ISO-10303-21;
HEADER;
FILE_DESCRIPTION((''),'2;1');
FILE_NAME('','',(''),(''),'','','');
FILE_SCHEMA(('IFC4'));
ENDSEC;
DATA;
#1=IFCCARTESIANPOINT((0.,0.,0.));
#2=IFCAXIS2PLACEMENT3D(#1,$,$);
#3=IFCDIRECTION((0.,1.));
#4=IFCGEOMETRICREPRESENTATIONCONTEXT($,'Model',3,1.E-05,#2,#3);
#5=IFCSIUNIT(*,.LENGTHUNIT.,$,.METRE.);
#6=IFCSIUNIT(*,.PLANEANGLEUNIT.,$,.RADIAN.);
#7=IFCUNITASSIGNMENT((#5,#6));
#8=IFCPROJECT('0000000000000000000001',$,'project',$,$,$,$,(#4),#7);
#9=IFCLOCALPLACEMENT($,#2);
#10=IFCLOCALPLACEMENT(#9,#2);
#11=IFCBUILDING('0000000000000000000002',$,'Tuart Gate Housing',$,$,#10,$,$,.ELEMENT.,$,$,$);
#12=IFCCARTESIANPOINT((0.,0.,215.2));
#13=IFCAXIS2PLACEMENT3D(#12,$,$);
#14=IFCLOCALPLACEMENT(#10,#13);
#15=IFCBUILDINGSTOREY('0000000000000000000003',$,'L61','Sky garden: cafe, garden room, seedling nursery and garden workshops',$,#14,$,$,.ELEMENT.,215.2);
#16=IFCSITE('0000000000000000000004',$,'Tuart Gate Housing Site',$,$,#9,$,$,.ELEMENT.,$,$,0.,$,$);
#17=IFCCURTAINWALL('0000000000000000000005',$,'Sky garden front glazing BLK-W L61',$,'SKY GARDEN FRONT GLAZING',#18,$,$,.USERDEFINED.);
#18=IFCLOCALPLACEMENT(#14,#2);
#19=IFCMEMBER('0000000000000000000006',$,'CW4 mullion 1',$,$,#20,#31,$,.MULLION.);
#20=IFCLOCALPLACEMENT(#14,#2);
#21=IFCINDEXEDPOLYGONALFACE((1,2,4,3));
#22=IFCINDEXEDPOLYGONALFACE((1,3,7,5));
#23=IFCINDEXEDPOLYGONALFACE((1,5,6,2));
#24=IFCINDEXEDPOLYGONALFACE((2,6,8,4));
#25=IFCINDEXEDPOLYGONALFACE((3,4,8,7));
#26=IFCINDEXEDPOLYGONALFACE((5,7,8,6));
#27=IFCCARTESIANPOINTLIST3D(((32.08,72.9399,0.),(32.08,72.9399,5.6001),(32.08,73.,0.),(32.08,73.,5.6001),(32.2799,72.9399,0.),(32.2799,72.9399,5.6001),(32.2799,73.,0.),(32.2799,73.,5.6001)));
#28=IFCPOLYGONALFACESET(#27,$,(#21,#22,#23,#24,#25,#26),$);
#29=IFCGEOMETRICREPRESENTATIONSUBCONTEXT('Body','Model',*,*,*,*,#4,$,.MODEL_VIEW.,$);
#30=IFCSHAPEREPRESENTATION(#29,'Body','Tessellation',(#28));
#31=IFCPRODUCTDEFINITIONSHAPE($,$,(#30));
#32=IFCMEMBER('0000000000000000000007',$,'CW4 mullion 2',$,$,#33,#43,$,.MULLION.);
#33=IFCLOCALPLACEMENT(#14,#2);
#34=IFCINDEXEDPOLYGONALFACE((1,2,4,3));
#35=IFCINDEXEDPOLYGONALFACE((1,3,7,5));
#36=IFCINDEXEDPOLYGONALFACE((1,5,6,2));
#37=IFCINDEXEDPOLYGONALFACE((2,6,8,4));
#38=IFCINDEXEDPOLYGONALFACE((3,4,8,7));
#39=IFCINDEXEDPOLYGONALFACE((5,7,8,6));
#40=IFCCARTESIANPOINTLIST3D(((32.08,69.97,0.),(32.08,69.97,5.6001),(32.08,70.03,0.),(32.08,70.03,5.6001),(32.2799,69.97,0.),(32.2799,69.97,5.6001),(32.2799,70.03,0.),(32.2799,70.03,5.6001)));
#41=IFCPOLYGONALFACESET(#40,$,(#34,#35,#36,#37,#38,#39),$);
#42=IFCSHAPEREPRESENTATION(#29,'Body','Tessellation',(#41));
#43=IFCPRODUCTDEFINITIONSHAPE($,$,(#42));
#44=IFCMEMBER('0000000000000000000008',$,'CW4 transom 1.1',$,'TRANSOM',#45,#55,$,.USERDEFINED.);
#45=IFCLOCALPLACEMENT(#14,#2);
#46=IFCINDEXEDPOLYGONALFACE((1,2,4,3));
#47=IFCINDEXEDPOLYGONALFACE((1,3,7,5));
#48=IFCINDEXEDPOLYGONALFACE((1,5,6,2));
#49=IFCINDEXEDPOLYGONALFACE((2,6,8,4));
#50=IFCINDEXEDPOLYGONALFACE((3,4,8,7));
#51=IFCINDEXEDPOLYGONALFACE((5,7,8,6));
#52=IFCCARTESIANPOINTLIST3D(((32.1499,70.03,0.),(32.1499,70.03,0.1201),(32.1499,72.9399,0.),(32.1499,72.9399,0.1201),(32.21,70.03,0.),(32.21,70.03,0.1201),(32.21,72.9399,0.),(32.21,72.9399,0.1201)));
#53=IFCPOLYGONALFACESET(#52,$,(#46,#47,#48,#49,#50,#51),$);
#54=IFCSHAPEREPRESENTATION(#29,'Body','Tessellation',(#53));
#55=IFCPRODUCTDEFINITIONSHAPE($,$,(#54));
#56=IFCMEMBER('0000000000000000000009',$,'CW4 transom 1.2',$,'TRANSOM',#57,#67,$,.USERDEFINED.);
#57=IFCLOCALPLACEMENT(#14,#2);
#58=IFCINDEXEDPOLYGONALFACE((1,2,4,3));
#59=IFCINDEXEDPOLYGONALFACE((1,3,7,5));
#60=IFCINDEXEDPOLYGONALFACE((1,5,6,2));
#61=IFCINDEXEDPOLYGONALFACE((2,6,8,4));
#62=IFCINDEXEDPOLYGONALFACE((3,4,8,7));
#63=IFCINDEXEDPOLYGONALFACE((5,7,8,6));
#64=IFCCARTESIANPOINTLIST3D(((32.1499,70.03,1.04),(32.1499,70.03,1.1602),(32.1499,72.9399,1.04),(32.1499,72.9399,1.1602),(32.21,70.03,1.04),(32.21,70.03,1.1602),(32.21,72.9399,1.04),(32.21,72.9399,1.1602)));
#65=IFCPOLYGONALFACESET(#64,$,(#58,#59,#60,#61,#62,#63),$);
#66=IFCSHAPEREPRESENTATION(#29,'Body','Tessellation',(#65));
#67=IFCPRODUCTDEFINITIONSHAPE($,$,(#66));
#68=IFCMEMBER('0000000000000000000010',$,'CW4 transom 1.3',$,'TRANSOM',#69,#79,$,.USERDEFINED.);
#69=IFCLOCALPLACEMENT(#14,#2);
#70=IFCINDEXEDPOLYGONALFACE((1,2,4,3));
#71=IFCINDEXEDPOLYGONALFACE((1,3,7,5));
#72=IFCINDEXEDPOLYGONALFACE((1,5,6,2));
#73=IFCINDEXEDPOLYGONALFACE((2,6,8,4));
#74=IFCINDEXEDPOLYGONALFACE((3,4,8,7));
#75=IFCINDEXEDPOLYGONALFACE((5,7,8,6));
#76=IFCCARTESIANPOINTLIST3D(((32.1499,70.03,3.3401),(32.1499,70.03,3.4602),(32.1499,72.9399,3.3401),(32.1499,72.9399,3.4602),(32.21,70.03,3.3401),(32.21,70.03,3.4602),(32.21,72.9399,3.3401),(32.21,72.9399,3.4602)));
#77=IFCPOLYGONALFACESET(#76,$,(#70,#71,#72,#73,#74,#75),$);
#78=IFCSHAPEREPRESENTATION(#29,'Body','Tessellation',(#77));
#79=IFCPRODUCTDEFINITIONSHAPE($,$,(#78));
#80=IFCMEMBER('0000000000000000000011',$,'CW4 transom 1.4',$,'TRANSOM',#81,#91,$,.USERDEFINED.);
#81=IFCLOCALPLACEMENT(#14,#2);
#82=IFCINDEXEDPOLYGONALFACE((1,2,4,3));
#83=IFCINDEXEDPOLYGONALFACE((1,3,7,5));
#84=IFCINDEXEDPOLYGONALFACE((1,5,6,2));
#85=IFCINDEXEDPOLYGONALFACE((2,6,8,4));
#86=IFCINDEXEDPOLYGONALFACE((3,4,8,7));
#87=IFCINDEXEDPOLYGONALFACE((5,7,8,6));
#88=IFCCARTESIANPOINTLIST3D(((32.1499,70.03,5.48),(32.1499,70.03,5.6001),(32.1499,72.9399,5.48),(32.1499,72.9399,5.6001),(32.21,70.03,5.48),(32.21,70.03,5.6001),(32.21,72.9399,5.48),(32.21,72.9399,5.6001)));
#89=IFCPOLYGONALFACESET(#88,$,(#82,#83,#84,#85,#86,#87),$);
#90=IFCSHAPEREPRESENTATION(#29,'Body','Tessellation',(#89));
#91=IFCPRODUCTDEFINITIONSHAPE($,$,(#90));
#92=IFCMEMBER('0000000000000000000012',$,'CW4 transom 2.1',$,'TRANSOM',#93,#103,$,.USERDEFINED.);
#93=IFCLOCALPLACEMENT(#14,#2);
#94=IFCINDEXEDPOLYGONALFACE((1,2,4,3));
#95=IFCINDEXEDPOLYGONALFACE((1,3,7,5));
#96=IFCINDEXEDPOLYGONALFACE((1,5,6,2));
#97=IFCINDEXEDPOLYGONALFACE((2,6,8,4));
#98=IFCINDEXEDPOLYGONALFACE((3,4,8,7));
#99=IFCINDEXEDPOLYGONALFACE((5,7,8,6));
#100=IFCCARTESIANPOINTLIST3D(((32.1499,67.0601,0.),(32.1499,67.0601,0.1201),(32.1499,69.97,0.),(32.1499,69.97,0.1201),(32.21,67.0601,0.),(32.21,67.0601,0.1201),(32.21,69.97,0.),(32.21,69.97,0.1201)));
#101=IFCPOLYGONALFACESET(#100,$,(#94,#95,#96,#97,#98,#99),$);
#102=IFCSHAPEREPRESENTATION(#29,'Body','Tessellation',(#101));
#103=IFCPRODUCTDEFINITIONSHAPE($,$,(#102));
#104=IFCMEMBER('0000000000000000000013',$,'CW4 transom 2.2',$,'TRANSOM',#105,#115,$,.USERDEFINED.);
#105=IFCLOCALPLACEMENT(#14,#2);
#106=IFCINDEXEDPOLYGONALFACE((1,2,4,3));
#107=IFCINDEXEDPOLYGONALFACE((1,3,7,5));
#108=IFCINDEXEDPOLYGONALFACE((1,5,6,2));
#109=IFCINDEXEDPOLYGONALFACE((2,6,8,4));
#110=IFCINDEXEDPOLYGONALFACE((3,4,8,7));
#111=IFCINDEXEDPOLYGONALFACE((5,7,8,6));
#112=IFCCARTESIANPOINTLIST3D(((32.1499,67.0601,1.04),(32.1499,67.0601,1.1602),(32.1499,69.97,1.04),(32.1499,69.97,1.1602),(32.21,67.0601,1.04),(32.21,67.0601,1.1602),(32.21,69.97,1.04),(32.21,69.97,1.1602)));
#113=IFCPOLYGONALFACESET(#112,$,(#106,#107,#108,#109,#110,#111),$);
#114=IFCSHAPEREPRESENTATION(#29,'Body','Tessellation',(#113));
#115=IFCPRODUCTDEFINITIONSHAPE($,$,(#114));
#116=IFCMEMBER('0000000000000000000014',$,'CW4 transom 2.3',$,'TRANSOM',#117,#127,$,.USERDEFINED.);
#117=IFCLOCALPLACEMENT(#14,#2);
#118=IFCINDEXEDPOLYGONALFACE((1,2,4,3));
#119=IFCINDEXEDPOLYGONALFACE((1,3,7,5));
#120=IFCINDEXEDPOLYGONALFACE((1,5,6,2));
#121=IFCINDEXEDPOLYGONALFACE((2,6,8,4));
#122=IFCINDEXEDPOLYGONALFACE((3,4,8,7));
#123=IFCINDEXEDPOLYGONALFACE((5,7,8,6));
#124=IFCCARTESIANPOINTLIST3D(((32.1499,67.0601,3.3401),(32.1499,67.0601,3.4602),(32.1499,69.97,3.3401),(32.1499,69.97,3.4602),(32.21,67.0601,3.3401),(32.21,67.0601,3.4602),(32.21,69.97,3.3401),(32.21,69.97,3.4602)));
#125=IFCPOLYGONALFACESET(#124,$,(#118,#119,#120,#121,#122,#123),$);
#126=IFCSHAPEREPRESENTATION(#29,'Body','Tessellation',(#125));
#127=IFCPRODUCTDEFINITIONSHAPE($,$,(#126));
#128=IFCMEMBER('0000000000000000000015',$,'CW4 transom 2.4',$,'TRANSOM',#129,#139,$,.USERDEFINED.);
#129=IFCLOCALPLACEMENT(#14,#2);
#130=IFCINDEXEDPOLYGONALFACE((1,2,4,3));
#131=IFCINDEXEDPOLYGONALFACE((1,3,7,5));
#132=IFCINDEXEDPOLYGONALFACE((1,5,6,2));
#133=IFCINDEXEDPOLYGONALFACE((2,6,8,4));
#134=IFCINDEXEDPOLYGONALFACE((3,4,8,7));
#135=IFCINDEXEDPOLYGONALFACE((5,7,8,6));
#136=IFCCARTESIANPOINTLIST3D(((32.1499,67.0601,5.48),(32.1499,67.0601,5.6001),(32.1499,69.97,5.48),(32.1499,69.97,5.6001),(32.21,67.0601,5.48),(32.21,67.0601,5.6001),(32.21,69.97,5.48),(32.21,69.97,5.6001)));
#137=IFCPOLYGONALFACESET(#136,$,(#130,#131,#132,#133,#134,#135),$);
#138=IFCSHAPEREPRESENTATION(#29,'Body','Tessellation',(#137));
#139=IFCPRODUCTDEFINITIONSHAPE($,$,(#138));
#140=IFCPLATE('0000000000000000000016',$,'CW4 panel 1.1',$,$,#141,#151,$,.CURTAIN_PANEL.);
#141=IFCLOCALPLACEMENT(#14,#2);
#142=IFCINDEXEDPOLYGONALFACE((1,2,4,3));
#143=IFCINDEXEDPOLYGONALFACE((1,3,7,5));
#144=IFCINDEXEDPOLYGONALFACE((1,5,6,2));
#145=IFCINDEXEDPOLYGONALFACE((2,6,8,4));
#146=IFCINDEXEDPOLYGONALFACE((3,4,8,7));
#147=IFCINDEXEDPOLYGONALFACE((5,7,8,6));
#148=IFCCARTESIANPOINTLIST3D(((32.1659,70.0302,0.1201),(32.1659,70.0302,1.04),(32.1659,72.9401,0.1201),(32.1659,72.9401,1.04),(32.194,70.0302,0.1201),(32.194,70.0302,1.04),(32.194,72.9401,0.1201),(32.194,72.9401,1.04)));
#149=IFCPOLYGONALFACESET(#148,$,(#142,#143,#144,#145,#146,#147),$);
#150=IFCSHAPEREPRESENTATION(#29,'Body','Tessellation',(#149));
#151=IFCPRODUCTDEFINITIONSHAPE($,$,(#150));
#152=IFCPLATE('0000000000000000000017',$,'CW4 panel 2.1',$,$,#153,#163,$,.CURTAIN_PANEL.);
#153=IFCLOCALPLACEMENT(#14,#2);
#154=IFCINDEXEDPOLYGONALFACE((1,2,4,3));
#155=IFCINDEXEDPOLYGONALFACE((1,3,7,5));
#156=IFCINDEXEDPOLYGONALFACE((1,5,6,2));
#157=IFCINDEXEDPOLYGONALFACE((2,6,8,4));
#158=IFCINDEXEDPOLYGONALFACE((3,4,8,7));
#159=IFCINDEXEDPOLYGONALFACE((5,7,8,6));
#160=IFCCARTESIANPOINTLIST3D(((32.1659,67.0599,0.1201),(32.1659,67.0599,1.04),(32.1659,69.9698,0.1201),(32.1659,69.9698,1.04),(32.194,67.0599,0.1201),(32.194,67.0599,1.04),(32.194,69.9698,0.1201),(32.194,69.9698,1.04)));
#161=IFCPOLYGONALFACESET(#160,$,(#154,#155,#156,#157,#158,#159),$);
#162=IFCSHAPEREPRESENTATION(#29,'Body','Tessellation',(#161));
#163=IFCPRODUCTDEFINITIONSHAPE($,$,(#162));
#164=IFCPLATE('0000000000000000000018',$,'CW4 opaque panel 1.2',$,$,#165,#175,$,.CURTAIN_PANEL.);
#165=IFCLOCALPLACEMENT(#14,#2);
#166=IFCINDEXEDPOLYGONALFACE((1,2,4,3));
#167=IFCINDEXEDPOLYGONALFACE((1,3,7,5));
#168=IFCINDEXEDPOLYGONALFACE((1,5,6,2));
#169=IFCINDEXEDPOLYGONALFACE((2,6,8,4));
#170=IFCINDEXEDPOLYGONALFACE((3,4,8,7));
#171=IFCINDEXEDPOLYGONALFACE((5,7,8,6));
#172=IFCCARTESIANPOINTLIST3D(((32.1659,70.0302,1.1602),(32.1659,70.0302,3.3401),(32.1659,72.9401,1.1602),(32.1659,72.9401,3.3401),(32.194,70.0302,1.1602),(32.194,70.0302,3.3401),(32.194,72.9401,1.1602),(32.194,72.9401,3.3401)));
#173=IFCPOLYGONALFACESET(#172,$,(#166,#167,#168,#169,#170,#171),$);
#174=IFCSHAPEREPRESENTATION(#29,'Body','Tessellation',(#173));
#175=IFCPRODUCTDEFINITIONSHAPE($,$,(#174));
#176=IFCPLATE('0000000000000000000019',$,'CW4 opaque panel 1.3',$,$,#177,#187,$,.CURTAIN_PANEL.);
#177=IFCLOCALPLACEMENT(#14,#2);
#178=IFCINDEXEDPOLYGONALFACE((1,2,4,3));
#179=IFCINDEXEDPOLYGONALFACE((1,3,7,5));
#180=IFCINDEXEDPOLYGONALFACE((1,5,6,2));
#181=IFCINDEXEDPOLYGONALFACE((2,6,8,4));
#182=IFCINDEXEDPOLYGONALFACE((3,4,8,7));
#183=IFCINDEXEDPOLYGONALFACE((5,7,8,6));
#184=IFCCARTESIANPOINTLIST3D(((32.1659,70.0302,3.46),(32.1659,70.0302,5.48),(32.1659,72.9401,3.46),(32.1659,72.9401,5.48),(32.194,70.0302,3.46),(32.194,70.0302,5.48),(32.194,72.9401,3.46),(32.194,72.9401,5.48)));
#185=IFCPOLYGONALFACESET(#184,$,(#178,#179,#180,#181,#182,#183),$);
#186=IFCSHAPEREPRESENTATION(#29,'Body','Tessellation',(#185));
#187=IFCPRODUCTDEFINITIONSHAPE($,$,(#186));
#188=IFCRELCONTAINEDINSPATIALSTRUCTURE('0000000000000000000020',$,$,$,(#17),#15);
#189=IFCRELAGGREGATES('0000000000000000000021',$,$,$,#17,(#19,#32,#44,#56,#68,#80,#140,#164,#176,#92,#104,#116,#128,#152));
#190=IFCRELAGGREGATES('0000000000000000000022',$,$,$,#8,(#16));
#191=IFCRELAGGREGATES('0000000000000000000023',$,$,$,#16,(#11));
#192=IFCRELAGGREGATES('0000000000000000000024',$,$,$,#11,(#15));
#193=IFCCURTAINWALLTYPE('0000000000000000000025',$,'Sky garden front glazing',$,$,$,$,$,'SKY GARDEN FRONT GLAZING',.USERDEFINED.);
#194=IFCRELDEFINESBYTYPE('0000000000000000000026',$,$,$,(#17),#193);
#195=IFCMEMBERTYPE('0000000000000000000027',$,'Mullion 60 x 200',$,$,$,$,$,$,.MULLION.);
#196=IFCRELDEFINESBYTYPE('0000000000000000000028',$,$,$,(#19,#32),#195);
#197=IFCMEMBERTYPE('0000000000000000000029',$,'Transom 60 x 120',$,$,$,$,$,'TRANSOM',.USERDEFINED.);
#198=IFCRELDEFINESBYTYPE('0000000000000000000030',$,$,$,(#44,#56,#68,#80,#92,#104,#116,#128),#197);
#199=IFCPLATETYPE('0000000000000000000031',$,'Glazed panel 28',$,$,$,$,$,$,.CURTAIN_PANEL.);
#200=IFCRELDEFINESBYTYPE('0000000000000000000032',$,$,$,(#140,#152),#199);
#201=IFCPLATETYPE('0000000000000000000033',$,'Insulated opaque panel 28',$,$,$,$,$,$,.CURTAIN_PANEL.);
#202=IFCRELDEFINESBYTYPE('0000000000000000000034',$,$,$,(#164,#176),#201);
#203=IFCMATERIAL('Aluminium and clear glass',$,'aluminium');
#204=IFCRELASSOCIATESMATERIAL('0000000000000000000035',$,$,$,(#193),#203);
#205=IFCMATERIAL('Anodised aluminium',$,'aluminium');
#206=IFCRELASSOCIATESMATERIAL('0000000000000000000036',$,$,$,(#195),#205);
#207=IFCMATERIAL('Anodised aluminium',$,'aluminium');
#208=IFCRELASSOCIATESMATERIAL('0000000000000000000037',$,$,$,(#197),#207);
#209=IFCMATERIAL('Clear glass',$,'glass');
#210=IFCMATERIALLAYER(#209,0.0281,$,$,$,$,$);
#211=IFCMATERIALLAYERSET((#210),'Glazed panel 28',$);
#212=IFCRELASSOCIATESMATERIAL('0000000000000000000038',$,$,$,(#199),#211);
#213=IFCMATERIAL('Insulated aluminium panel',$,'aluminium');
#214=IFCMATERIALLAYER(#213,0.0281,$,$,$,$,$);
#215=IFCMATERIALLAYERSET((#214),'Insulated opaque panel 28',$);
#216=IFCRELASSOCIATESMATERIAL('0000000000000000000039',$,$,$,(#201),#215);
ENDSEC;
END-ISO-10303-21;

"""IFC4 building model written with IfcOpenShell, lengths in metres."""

from ifc_helpers import new_model, si_unit, direction, frame, origin, origin_2d, place, context, subcontext, project, spatial, rectangle, extrude, material, layer, layer_set, material_profile, profile_set, type_object, element, aggregate, save


model = new_model("IFC4")

# Units and contexts
model_context = context("Model", 3, precision=1e-05, world=origin(), true_north=direction((0.0, 1.0)))
body_context = subcontext(model_context, "Body", "Model", "MODEL_VIEW")
ifc_project = project(units=[si_unit("LENGTHUNIT", "METRE"), si_unit("PLANEANGLEUNIT", "RADIAN")], contexts=[model_context])

# Site, building, storey
site_placement = place(None, origin())
site = spatial("IfcSite", under=ifc_project, at=site_placement, Name="Tuart Gate Housing Site", CompositionType="ELEMENT", RefElevation=0.0)
building_placement = place(site_placement, origin())
building = spatial("IfcBuilding", under=site, at=building_placement, Name="Tuart Gate Housing", CompositionType="ELEMENT")
storey_placement = place(building_placement, frame((0.0, 0.0, 215.2)))
storey = spatial("IfcBuildingStorey", under=building, at=storey_placement, Name="L61", Description="Sky garden: cafe, garden room, seedling nursery and garden workshops", CompositionType="ELEMENT", Elevation=215.2)

# Curtain wall, members, plates
ifc_material_1 = material(Name="Aluminium and clear glass", Category="aluminium")
curtain_wall_type = type_object("IfcCurtainWallType", Name="Sky garden front glazing", ElementType="SKY GARDEN FRONT GLAZING", PredefinedType="USERDEFINED", material=ifc_material_1)
curtain_wall_placement = place(storey_placement, origin())
curtain_wall = element("IfcCurtainWall", 1, at=curtain_wall_placement, inside=storey, type_object=curtain_wall_type, Name="Sky garden front glazing BLK-W L61", ObjectType="SKY GARDEN FRONT GLAZING", PredefinedType="USERDEFINED")
ifc_material_2 = material(Name="Anodised aluminium", Category="aluminium")
ifc_material_profile_1 = material_profile(ifc_material_2, rectangle(XDim=0.0601, YDim=0.2, at=origin_2d()), Name="60x200")
ifc_profile_set_1 = profile_set([ifc_material_profile_1], Name="Anodised aluminium")
member_type_1 = type_object("IfcMemberType", Name="Mullion 60 x 200", PredefinedType="MULLION", material=ifc_profile_set_1)
member_1_placement = place(storey_placement, frame((32.1799, 72.97, 0.0), z_axis=(0.0, 0.0, 1.0), x_axis=(0.0, -1.0, 0.0)))
member_1 = element("IfcMember", 2, at=member_1_placement, type_object=member_type_1, Name="CW4 mullion 1", PredefinedType="MULLION", context=body_context, shape_type="SweptSolid", body=[
    extrude(rectangle(XDim=0.0601, YDim=0.2, at=origin_2d()), origin(), (0.0, 0.0, 1.0), 5.6001),
])
member_2_placement = place(storey_placement, frame((32.1799, 70.0, 0.0), z_axis=(0.0, 0.0, 1.0), x_axis=(0.0, -1.0, 0.0)))
member_2 = element("IfcMember", 3, at=member_2_placement, type_object=member_type_1, Name="CW4 mullion 2", PredefinedType="MULLION", context=body_context, shape_type="SweptSolid", body=[
    extrude(rectangle(XDim=0.0601, YDim=0.2, at=origin_2d()), origin(), (0.0, 0.0, 1.0), 5.6001),
])
ifc_material_3 = material(Name="Anodised aluminium", Category="aluminium")
ifc_material_profile_2 = material_profile(ifc_material_3, rectangle(XDim=0.0601, YDim=0.1201, at=origin_2d()), Name="60x120")
ifc_profile_set_2 = profile_set([ifc_material_profile_2], Name="Anodised aluminium")
member_type_2 = type_object("IfcMemberType", Name="Transom 60 x 120", ElementType="TRANSOM", PredefinedType="USERDEFINED", material=ifc_profile_set_2)
member_3_placement = place(storey_placement, frame((32.1799, 72.9399, 0.0601), z_axis=(0.0, -1.0, 0.0), x_axis=(1.0, 0.0, 0.0)))
member_3 = element("IfcMember", 4, at=member_3_placement, type_object=member_type_2, Name="CW4 transom 1.1", ObjectType="TRANSOM", PredefinedType="USERDEFINED", context=body_context, shape_type="SweptSolid", body=[
    extrude(rectangle(XDim=0.0601, YDim=0.1201, at=origin_2d()), origin(), (0.0, 0.0, 1.0), 2.9099),
])
member_4_placement = place(storey_placement, frame((32.1799, 72.9399, 1.1001), z_axis=(0.0, -1.0, 0.0), x_axis=(1.0, 0.0, 0.0)))
member_4 = element("IfcMember", 5, at=member_4_placement, type_object=member_type_2, Name="CW4 transom 1.2", ObjectType="TRANSOM", PredefinedType="USERDEFINED", context=body_context, shape_type="SweptSolid", body=[
    extrude(rectangle(XDim=0.0601, YDim=0.1201, at=origin_2d()), origin(), (0.0, 0.0, 1.0), 2.9099),
])
member_5_placement = place(storey_placement, frame((32.1799, 72.9399, 3.4001), z_axis=(0.0, -1.0, 0.0), x_axis=(1.0, 0.0, 0.0)))
member_5 = element("IfcMember", 6, at=member_5_placement, type_object=member_type_2, Name="CW4 transom 1.3", ObjectType="TRANSOM", PredefinedType="USERDEFINED", context=body_context, shape_type="SweptSolid", body=[
    extrude(rectangle(XDim=0.0601, YDim=0.1201, at=origin_2d()), origin(), (0.0, 0.0, 1.0), 2.9099),
])
member_6_placement = place(storey_placement, frame((32.1799, 72.9399, 5.54), z_axis=(0.0, -1.0, 0.0), x_axis=(1.0, 0.0, 0.0)))
member_6 = element("IfcMember", 7, at=member_6_placement, type_object=member_type_2, Name="CW4 transom 1.4", ObjectType="TRANSOM", PredefinedType="USERDEFINED", context=body_context, shape_type="SweptSolid", body=[
    extrude(rectangle(XDim=0.0601, YDim=0.1201, at=origin_2d()), origin(), (0.0, 0.0, 1.0), 2.9099),
])
member_7_placement = place(storey_placement, frame((32.1799, 69.97, 0.0601), z_axis=(0.0, -1.0, 0.0), x_axis=(1.0, 0.0, 0.0)))
member_7 = element("IfcMember", 8, at=member_7_placement, type_object=member_type_2, Name="CW4 transom 2.1", ObjectType="TRANSOM", PredefinedType="USERDEFINED", context=body_context, shape_type="SweptSolid", body=[
    extrude(rectangle(XDim=0.0601, YDim=0.1201, at=origin_2d()), origin(), (0.0, 0.0, 1.0), 2.9099),
])
member_8_placement = place(storey_placement, frame((32.1799, 69.97, 1.1001), z_axis=(0.0, -1.0, 0.0), x_axis=(1.0, 0.0, 0.0)))
member_8 = element("IfcMember", 9, at=member_8_placement, type_object=member_type_2, Name="CW4 transom 2.2", ObjectType="TRANSOM", PredefinedType="USERDEFINED", context=body_context, shape_type="SweptSolid", body=[
    extrude(rectangle(XDim=0.0601, YDim=0.1201, at=origin_2d()), origin(), (0.0, 0.0, 1.0), 2.9099),
])
member_9_placement = place(storey_placement, frame((32.1799, 69.97, 3.4001), z_axis=(0.0, -1.0, 0.0), x_axis=(1.0, 0.0, 0.0)))
member_9 = element("IfcMember", 10, at=member_9_placement, type_object=member_type_2, Name="CW4 transom 2.3", ObjectType="TRANSOM", PredefinedType="USERDEFINED", context=body_context, shape_type="SweptSolid", body=[
    extrude(rectangle(XDim=0.0601, YDim=0.1201, at=origin_2d()), origin(), (0.0, 0.0, 1.0), 2.9099),
])
member_10_placement = place(storey_placement, frame((32.1799, 69.97, 5.54), z_axis=(0.0, -1.0, 0.0), x_axis=(1.0, 0.0, 0.0)))
member_10 = element("IfcMember", 11, at=member_10_placement, type_object=member_type_2, Name="CW4 transom 2.4", ObjectType="TRANSOM", PredefinedType="USERDEFINED", context=body_context, shape_type="SweptSolid", body=[
    extrude(rectangle(XDim=0.0601, YDim=0.1201, at=origin_2d()), origin(), (0.0, 0.0, 1.0), 2.9099),
])
ifc_material_4 = material(Name="Clear glass", Category="glass")
ifc_layer_1 = layer(ifc_material_4, 0.0281)
ifc_layer_set_1 = layer_set([ifc_layer_1], Name="Glazed panel 28")
plate_type_1 = type_object("IfcPlateType", Name="Glazed panel 28", PredefinedType="CURTAIN_PANEL", material=ifc_layer_set_1)
plate_1_placement = place(storey_placement, frame((32.1799, 71.4851, 0.1201), z_axis=(0.0, 0.0, 1.0), x_axis=(0.0, -1.0, 0.0)))
plate_1 = element("IfcPlate", 12, at=plate_1_placement, type_object=plate_type_1, Name="CW4 panel 1.1", PredefinedType="CURTAIN_PANEL", context=body_context, shape_type="SweptSolid", body=[
    extrude(rectangle(XDim=2.9099, YDim=0.0281, at=origin_2d()), origin(), (0.0, 0.0, 1.0), 0.9199),
])
plate_2_placement = place(storey_placement, frame((32.1799, 68.5149, 0.1201), z_axis=(0.0, 0.0, 1.0), x_axis=(0.0, -1.0, 0.0)))
plate_2 = element("IfcPlate", 13, at=plate_2_placement, type_object=plate_type_1, Name="CW4 panel 2.1", PredefinedType="CURTAIN_PANEL", context=body_context, shape_type="SweptSolid", body=[
    extrude(rectangle(XDim=2.9099, YDim=0.0281, at=origin_2d()), origin(), (0.0, 0.0, 1.0), 0.9199),
])
ifc_material_5 = material(Name="Insulated aluminium panel", Category="aluminium")
ifc_layer_2 = layer(ifc_material_5, 0.0281)
ifc_layer_set_2 = layer_set([ifc_layer_2], Name="Insulated opaque panel 28")
plate_type_2 = type_object("IfcPlateType", Name="Insulated opaque panel 28", PredefinedType="CURTAIN_PANEL", material=ifc_layer_set_2)
plate_3_placement = place(storey_placement, frame((32.1799, 71.4851, 1.1602), z_axis=(0.0, 0.0, 1.0), x_axis=(0.0, -1.0, 0.0)))
plate_3 = element("IfcPlate", 14, at=plate_3_placement, type_object=plate_type_2, Name="CW4 opaque panel 1.2", PredefinedType="CURTAIN_PANEL", context=body_context, shape_type="SweptSolid", body=[
    extrude(rectangle(XDim=2.9099, YDim=0.0281, at=origin_2d()), origin(), (0.0, 0.0, 1.0), 2.1799),
])
plate_4_placement = place(storey_placement, frame((32.1799, 71.4851, 3.46), z_axis=(0.0, 0.0, 1.0), x_axis=(0.0, -1.0, 0.0)))
plate_4 = element("IfcPlate", 15, at=plate_4_placement, type_object=plate_type_2, Name="CW4 opaque panel 1.3", PredefinedType="CURTAIN_PANEL", context=body_context, shape_type="SweptSolid", body=[
    extrude(rectangle(XDim=2.9099, YDim=0.0281, at=origin_2d()), origin(), (0.0, 0.0, 1.0), 2.02),
])
aggregate(curtain_wall, [member_1, member_2, member_3, member_4, member_5, member_6, plate_1, plate_3, plate_4, member_7, member_8, member_9, member_10, plate_2])

save(model, "model.ifc")
